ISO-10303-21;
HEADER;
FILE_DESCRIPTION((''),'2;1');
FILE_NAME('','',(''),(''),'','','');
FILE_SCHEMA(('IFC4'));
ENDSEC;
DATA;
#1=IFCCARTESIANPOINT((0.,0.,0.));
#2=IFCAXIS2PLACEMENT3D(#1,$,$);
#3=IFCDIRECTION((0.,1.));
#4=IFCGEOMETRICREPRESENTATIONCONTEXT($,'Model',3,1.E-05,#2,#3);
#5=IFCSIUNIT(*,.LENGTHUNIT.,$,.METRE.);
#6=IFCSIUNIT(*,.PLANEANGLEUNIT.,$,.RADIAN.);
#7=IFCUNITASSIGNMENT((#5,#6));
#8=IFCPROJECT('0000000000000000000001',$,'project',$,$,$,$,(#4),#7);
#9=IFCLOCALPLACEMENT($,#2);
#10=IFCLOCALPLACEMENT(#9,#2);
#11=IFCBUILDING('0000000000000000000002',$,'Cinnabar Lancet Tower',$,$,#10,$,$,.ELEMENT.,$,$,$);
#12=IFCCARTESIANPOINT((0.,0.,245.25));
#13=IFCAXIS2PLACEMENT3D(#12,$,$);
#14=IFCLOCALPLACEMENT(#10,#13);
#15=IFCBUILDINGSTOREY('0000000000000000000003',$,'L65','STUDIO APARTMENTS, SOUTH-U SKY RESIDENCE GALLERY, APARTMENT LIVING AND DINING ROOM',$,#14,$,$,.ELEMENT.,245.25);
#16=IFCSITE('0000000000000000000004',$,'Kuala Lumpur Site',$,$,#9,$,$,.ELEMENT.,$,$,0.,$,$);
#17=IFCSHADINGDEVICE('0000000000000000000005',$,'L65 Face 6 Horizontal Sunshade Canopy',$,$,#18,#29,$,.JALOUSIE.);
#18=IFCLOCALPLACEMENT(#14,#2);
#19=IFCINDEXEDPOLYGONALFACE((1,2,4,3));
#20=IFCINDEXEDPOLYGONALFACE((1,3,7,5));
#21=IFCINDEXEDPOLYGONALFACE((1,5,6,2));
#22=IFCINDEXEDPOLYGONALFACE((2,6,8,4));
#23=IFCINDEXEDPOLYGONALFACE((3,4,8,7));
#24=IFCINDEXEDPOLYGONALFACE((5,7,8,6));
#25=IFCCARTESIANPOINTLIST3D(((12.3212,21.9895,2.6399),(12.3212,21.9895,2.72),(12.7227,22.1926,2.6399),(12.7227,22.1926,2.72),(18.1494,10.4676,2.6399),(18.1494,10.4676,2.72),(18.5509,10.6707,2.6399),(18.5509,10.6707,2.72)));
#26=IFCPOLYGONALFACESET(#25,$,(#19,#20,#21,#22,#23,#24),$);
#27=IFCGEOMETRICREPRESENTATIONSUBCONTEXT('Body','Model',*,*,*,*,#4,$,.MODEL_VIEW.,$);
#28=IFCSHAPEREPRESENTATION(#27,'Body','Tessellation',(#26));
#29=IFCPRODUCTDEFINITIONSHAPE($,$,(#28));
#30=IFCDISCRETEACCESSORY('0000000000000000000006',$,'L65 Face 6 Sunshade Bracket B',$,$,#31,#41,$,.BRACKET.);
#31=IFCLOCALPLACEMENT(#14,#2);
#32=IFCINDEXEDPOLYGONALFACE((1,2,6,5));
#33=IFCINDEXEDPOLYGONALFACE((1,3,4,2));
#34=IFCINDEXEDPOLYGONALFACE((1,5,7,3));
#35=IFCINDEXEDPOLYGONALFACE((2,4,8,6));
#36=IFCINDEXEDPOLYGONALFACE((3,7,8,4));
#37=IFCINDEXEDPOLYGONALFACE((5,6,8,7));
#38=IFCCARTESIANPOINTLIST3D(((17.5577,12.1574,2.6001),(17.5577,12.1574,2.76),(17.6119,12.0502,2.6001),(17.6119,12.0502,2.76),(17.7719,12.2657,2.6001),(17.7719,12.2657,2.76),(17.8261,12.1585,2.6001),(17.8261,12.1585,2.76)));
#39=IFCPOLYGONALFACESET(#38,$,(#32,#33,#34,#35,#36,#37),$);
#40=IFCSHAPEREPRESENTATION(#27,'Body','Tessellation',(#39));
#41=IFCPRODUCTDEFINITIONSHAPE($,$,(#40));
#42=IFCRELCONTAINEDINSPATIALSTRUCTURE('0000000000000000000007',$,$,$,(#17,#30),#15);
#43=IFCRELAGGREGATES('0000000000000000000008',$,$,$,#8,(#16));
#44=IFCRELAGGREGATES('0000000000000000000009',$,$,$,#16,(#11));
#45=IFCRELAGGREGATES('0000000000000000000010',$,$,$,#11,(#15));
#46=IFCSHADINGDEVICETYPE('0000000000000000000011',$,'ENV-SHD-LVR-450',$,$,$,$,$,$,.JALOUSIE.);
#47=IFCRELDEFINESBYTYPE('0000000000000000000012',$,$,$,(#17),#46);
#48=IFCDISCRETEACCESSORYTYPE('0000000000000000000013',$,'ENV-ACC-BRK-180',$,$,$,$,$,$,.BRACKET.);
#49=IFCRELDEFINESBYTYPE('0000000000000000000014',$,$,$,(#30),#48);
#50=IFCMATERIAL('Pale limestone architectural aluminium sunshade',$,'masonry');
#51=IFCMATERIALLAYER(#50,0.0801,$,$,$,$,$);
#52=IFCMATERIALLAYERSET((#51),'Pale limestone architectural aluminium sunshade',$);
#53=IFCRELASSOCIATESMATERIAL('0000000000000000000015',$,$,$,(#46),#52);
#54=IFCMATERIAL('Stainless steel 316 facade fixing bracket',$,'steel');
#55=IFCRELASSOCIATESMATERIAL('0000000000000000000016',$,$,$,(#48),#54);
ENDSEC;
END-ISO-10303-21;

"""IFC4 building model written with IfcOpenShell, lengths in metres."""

from ifc_helpers import new_model, si_unit, direction, frame, origin, origin_2d, place, context, subcontext, project, spatial, rectangle, extrude, material, layer, layer_set, type_object, element, save


model = new_model("IFC4")

# Units and contexts
model_context = context("Model", 3, precision=1e-05, world=origin(), true_north=direction((0.0, 1.0)))
body_context = subcontext(model_context, "Body", "Model", "MODEL_VIEW")
ifc_project = project(units=[si_unit("LENGTHUNIT", "METRE"), si_unit("PLANEANGLEUNIT", "RADIAN")], contexts=[model_context])

# Site, building, storey
site_placement = place(None, origin())
site = spatial("IfcSite", under=ifc_project, at=site_placement, Name="Kuala Lumpur Site", CompositionType="ELEMENT", RefElevation=0.0)
building_placement = place(site_placement, origin())
building = spatial("IfcBuilding", under=site, at=building_placement, Name="Cinnabar Lancet Tower", CompositionType="ELEMENT")
storey_placement = place(building_placement, frame((0.0, 0.0, 245.25)))
storey = spatial("IfcBuildingStorey", under=building, at=storey_placement, Name="L65", Description="STUDIO APARTMENTS, SOUTH-U SKY RESIDENCE GALLERY, APARTMENT LIVING AND DINING ROOM", CompositionType="ELEMENT", Elevation=245.25)

# Shading device
ifc_material_1 = material(Name="Pale limestone architectural aluminium sunshade", Category="masonry")
ifc_layer_1 = layer(ifc_material_1, 0.0801)
ifc_layer_set_1 = layer_set([ifc_layer_1], Name="Pale limestone architectural aluminium sunshade")
shading_device_type = type_object("IfcShadingDeviceType", Name="ENV-SHD-LVR-450", PredefinedType="JALOUSIE", material=ifc_layer_set_1)
shading_device_placement = place(storey_placement, frame((15.436, 16.3301, 2.6399), z_axis=(0.0, 0.0, 1.0), x_axis=(0.451376, -0.892334, 0.0)))
element("IfcShadingDevice", 1, at=shading_device_placement, inside=storey, type_object=shading_device_type, Name="L65 Face 6 Horizontal Sunshade Canopy", PredefinedType="JALOUSIE", context=body_context, shape_type="SweptSolid", body=[
    extrude(rectangle(XDim=12.9121, YDim=0.45, at=origin_2d()), origin(), (0.0, 0.0, 1.0), 0.0801),
])

# Discrete accessory
ifc_material_2 = material(Name="Stainless steel 316 facade fixing bracket", Category="steel")
discrete_accessory_type = type_object("IfcDiscreteAccessoryType", Name="ENV-ACC-BRK-180", PredefinedType="BRACKET", material=ifc_material_2)
discrete_accessory_placement = place(storey_placement, frame((17.6919, 12.158, 2.6001), z_axis=(0.0, 0.0, 1.0), x_axis=(0.451376, -0.892334, 0.0)))
element("IfcDiscreteAccessory", 2, at=discrete_accessory_placement, inside=storey, type_object=discrete_accessory_type, Name="L65 Face 6 Sunshade Bracket B", PredefinedType="BRACKET", context=body_context, shape_type="SweptSolid", body=[
    extrude(rectangle(XDim=0.1201, YDim=0.24, at=origin_2d()), origin(), (0.0, 0.0, 1.0), 0.1599),
])

save(model, "model.ifc")
